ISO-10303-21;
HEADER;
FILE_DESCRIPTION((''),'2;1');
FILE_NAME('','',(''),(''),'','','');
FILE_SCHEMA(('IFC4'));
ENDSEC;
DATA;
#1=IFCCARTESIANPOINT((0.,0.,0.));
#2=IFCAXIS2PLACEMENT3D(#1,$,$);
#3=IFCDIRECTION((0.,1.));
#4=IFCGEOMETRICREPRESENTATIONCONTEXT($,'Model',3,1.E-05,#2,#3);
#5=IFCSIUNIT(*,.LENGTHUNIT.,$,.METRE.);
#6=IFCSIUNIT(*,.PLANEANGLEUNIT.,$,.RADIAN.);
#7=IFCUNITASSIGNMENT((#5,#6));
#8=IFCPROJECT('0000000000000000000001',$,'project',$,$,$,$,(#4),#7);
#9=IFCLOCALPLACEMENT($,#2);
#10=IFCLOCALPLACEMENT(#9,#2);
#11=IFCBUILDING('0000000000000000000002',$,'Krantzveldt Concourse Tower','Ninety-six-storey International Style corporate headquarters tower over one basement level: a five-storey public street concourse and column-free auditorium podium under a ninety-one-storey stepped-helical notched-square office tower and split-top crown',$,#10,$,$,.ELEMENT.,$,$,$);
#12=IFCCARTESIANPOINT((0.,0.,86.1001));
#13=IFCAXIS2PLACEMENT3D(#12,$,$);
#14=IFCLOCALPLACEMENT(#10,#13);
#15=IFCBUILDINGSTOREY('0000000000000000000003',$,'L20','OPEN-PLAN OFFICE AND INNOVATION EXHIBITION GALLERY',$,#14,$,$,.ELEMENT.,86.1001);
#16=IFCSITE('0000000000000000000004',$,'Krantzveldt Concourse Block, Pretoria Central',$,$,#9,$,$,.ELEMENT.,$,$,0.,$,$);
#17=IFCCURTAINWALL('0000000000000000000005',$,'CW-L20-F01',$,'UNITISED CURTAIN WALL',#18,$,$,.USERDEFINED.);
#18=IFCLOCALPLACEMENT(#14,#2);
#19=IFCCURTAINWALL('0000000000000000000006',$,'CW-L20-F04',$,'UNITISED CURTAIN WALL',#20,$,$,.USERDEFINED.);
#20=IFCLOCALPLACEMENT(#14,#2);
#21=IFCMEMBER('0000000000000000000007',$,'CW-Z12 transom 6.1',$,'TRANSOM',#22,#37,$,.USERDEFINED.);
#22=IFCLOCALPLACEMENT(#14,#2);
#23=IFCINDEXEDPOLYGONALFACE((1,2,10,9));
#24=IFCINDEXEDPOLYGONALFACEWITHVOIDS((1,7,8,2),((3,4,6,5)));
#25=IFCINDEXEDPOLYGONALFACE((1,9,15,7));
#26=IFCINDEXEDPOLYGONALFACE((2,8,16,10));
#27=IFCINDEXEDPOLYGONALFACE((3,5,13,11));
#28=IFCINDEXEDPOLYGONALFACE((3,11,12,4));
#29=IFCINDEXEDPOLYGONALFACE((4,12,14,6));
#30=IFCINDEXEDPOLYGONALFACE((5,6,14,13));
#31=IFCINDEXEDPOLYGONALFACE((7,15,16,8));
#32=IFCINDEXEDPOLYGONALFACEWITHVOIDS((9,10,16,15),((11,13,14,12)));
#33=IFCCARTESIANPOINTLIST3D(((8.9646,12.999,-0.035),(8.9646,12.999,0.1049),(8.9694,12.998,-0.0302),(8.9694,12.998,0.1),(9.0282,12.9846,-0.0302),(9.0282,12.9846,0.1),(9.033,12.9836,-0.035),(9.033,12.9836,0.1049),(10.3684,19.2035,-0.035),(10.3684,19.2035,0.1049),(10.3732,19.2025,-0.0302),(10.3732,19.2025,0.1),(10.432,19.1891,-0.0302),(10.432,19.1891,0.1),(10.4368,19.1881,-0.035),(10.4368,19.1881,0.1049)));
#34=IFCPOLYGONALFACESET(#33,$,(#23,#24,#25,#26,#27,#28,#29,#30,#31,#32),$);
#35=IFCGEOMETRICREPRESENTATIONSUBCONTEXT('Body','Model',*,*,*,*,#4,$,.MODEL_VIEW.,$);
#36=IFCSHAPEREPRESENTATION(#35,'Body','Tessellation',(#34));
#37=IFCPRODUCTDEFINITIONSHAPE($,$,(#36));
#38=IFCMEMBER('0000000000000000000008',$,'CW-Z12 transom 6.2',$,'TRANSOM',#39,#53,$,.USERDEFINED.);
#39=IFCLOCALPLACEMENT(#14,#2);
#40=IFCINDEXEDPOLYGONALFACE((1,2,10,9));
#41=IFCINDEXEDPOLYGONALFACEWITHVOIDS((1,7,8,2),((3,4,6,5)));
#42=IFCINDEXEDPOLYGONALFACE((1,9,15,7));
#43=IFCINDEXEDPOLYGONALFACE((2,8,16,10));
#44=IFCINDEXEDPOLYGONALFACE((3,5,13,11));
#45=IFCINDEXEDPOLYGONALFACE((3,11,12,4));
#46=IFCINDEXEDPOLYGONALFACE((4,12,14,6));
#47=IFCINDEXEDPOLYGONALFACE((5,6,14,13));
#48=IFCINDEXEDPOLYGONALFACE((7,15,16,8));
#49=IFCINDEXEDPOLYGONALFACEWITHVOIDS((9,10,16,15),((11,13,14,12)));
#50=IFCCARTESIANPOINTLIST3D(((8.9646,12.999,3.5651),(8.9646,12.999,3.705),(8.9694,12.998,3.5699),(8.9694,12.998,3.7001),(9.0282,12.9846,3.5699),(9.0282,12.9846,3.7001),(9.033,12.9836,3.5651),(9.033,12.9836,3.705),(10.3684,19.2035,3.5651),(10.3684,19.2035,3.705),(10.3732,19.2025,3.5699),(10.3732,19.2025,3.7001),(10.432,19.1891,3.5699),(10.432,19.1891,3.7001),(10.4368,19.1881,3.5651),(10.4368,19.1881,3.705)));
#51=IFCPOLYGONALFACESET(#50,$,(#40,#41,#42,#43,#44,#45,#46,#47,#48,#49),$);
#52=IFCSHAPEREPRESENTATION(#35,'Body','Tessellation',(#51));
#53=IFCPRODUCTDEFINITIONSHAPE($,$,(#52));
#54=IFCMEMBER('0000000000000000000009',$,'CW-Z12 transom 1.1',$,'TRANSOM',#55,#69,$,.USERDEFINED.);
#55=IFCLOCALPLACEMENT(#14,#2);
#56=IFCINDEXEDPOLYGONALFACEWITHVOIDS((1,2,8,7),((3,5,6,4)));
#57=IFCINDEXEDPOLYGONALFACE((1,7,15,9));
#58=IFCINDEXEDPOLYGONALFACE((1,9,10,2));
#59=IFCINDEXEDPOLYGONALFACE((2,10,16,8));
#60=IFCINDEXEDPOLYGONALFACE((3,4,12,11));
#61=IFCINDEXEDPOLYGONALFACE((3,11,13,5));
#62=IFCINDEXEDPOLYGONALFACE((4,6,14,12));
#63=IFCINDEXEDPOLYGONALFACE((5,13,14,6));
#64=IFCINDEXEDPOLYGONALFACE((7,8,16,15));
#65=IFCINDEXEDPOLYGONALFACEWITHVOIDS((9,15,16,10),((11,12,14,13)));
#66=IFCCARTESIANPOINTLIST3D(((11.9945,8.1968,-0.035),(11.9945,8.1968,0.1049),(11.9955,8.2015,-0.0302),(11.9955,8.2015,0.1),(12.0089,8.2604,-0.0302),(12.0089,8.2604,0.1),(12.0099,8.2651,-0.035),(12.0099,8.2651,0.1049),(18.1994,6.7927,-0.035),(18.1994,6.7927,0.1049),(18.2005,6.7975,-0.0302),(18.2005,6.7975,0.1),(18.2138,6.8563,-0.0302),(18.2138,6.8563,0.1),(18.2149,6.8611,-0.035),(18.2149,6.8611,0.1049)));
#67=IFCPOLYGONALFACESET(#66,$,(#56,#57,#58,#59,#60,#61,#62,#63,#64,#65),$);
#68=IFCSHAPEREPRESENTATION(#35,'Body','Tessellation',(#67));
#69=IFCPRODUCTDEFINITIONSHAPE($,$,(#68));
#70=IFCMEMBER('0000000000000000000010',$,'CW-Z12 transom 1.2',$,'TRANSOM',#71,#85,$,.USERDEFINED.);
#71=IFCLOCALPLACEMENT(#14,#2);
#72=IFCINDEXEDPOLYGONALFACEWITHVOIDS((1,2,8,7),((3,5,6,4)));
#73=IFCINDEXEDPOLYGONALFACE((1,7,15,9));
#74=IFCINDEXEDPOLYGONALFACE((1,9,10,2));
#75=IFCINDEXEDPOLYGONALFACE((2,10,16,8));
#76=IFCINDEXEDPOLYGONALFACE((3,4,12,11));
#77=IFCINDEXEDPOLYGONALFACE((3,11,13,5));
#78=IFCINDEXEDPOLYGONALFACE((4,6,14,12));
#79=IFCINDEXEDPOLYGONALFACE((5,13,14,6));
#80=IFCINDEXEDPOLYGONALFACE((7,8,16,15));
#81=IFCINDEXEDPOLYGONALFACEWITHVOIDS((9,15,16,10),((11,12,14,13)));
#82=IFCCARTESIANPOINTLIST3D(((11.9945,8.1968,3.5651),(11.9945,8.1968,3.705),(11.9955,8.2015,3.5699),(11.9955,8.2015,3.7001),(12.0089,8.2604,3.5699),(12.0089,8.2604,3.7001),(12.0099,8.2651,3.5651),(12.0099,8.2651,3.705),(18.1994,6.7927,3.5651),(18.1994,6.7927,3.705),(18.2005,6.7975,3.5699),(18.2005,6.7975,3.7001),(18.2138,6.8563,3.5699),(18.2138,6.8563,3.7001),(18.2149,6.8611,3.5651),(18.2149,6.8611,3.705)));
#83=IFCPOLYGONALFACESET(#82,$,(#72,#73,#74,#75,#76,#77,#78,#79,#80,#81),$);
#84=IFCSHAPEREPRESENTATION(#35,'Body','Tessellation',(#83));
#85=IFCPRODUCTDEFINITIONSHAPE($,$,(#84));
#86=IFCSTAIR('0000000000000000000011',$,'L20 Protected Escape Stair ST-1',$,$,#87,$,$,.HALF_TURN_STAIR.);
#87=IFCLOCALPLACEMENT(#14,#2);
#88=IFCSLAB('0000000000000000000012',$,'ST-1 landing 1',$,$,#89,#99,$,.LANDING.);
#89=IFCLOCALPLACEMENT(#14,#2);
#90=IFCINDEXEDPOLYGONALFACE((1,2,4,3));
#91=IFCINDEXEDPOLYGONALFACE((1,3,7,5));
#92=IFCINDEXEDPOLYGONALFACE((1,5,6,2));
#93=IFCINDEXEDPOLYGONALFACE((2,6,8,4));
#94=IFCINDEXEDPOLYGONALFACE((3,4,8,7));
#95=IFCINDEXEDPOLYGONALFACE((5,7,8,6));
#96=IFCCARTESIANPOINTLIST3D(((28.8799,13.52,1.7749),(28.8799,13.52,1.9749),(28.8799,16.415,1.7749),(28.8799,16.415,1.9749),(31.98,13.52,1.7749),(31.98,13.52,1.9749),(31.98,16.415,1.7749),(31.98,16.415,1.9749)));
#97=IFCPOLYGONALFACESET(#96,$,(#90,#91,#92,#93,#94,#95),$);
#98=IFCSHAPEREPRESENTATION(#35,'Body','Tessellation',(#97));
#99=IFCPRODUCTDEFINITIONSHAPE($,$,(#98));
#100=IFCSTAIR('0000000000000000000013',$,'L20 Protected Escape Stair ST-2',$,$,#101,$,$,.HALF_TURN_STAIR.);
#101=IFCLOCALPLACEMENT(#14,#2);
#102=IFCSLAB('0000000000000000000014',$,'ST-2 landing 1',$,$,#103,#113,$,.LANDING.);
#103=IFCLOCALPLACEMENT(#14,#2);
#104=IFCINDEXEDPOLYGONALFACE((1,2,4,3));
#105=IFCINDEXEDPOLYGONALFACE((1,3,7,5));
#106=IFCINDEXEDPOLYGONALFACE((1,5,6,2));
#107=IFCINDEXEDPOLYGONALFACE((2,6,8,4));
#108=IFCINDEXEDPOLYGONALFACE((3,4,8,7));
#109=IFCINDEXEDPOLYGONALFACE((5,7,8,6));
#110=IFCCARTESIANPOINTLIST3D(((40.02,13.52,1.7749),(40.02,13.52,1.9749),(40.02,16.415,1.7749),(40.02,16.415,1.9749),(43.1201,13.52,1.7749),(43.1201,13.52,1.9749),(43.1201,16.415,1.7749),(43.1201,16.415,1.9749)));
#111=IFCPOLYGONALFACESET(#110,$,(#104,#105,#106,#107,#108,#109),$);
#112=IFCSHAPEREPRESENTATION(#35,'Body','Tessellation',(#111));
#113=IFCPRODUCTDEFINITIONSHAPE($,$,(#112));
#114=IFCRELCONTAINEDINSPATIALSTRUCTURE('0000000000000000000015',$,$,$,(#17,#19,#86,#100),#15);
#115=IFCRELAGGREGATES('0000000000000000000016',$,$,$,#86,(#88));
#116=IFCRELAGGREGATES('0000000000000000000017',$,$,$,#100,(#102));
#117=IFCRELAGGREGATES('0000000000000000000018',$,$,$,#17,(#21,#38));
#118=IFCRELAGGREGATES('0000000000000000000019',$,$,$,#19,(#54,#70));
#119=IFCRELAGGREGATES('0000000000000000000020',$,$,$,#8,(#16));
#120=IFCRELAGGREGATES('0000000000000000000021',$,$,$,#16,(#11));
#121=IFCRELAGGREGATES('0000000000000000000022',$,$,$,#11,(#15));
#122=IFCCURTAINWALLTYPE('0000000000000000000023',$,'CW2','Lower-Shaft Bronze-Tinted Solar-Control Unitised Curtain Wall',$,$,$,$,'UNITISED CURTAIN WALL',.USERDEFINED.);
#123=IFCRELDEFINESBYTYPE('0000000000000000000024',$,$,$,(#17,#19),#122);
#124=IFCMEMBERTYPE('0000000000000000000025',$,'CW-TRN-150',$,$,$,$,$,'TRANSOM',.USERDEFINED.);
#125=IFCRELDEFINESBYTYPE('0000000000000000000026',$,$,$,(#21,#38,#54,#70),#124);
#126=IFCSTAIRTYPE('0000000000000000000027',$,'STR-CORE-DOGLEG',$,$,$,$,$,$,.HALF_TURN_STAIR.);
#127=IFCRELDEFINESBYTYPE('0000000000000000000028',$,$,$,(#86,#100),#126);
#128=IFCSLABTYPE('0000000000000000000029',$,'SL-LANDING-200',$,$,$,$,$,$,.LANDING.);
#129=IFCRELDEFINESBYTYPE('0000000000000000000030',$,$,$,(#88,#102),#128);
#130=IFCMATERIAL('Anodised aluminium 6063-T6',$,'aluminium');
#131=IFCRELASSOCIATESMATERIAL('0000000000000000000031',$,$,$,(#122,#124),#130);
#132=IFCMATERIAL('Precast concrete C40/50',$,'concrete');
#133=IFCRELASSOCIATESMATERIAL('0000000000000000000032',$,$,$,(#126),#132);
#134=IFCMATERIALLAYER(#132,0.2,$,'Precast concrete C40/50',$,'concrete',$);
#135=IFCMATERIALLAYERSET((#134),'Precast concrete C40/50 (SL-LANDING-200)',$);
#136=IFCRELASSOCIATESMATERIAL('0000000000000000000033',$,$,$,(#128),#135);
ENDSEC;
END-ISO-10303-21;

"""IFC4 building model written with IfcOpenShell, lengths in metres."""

from ifc_helpers import new_model, si_unit, direction, frame, origin, origin_2d, place, context, subcontext, project, spatial, polyline, hollow_rectangle, outline, extrude, source, transform, mapped, material, layer, layer_set, material_profile, profile_set, type_object, element, aggregate, save


model = new_model("IFC4")

# Units and contexts
model_context = context("Model", 3, precision=1e-05, world=origin(), true_north=direction((0.0, 1.0)))
body_context = subcontext(model_context, "Body", "Model", "MODEL_VIEW")
ifc_project = project(units=[si_unit("LENGTHUNIT", "METRE"), si_unit("PLANEANGLEUNIT", "RADIAN")], contexts=[model_context])

# Site, building, storey
site_placement = place(None, origin())
site = spatial("IfcSite", under=ifc_project, at=site_placement, Name="Krantzveldt Concourse Block, Pretoria Central", CompositionType="ELEMENT", RefElevation=0.0)
building_placement = place(site_placement, origin())
building = spatial("IfcBuilding", under=site, at=building_placement, Name="Krantzveldt Concourse Tower", Description="Ninety-six-storey International Style corporate headquarters tower over one basement level: a five-storey public street concourse and column-free auditorium podium under a ninety-one-storey stepped-helical notched-square office tower and split-top crown", CompositionType="ELEMENT")
storey_placement = place(building_placement, frame((0.0, 0.0, 86.1001)))
storey = spatial("IfcBuildingStorey", under=building, at=storey_placement, Name="L20", Description="OPEN-PLAN OFFICE AND INNOVATION EXHIBITION GALLERY", CompositionType="ELEMENT", Elevation=86.1001)

# Curtain walls
ifc_material_1 = material(Name="Anodised aluminium 6063-T6", Category="aluminium")
curtain_wall_type = type_object("IfcCurtainWallType", Name="CW2", Description="Lower-Shaft Bronze-Tinted Solar-Control Unitised Curtain Wall", ElementType="UNITISED CURTAIN WALL", PredefinedType="USERDEFINED", material=ifc_material_1)
curtain_wall_1_placement = place(storey_placement, origin())
curtain_wall_1 = element("IfcCurtainWall", 1, at=curtain_wall_1_placement, inside=storey, type_object=curtain_wall_type, Name="CW-L20-F01", ObjectType="UNITISED CURTAIN WALL", PredefinedType="USERDEFINED")
curtain_wall_2_placement = place(storey_placement, origin())
curtain_wall_2 = element("IfcCurtainWall", 2, at=curtain_wall_2_placement, inside=storey, type_object=curtain_wall_type, Name="CW-L20-F04", ObjectType="UNITISED CURTAIN WALL", PredefinedType="USERDEFINED")
ifc_material_profile_1 = material_profile(ifc_material_1, hollow_rectangle(XDim=0.0701, YDim=0.1399, WallThickness=0.0049, at=origin_2d()), Name="Anodised aluminium 6063-T6", Category="aluminium")
ifc_profile_set_1 = profile_set([ifc_material_profile_1], Name="Anodised aluminium 6063-T6 - ALU-TRAN 140x70x5")
member_type_1 = type_object("IfcMemberType", Name="CW-TRN-150", ElementType="TRANSOM", PredefinedType="USERDEFINED", material=ifc_profile_set_1)

# Members
shared_shape_1 = source(origin(), body_context, "Body", "SweptSolid", [
    extrude(hollow_rectangle(XDim=0.0701, YDim=0.1399, WallThickness=0.0049, at=origin_2d()), origin(), (0.0, 0.0, 1.0), 6.3613),
])
member_1_placement = place(storey_placement, frame((10.4026, 19.1958, 0.0349), z_axis=(-0.220675, -0.975347, 0.0), x_axis=(0.975347, -0.220675, 0.0)))
member_1 = element("IfcMember", 3, at=member_1_placement, type_object=member_type_1, Name="CW-Z12 transom 6.1", ObjectType="TRANSOM", PredefinedType="USERDEFINED", context=body_context, shape_type="MappedRepresentation", body=[
    mapped(shared_shape_1, transform((0.0, 0.0, 0.0), x_axis=(1.0, 0.0, 0.0), y_axis=(0.0, 1.0, 0.0), z_axis=(0.0, 0.0, 1.0), scale=1.0)),
])
member_2_placement = place(storey_placement, frame((10.4026, 19.1958, 3.635), z_axis=(-0.220675, -0.975347, 0.0), x_axis=(0.975347, -0.220675, 0.0)))
member_2 = element("IfcMember", 4, at=member_2_placement, type_object=member_type_1, Name="CW-Z12 transom 6.2", ObjectType="TRANSOM", PredefinedType="USERDEFINED", context=body_context, shape_type="MappedRepresentation", body=[
    mapped(shared_shape_1, transform((0.0, 0.0, 0.0), x_axis=(1.0, 0.0, 0.0), y_axis=(0.0, 1.0, 0.0), z_axis=(0.0, 0.0, 1.0), scale=1.0)),
])
shared_shape_2 = source(origin(), body_context, "Body", "SweptSolid", [
    extrude(hollow_rectangle(XDim=0.0701, YDim=0.1399, WallThickness=0.0049, at=origin_2d()), origin(), (0.0, 0.0, 1.0), 6.3618),
])
member_3_placement = place(storey_placement, frame((12.0022, 8.231, 0.0349), z_axis=(0.975341, -0.220704, 0.0), x_axis=(0.220704, 0.975341, 0.0)))
member_3 = element("IfcMember", 5, at=member_3_placement, type_object=member_type_1, Name="CW-Z12 transom 1.1", ObjectType="TRANSOM", PredefinedType="USERDEFINED", context=body_context, shape_type="MappedRepresentation", body=[
    mapped(shared_shape_2, transform((0.0, 0.0, 0.0), x_axis=(1.0, 0.0, 0.0), y_axis=(0.0, 1.0, 0.0), z_axis=(0.0, 0.0, 1.0), scale=1.0)),
])
member_4_placement = place(storey_placement, frame((12.0022, 8.231, 3.635), z_axis=(0.975341, -0.220704, 0.0), x_axis=(0.220704, 0.975341, 0.0)))
member_4 = element("IfcMember", 6, at=member_4_placement, type_object=member_type_1, Name="CW-Z12 transom 1.2", ObjectType="TRANSOM", PredefinedType="USERDEFINED", context=body_context, shape_type="MappedRepresentation", body=[
    mapped(shared_shape_2, transform((0.0, 0.0, 0.0), x_axis=(1.0, 0.0, 0.0), y_axis=(0.0, 1.0, 0.0), z_axis=(0.0, 0.0, 1.0), scale=1.0)),
])

# Stairs, slabs
ifc_material_2 = material(Name="Precast concrete C40/50", Category="concrete")
stair_type = type_object("IfcStairType", Name="STR-CORE-DOGLEG", PredefinedType="HALF_TURN_STAIR", material=ifc_material_2)
stair_1_placement = place(storey_placement, origin())
stair_1 = element("IfcStair", 7, at=stair_1_placement, inside=storey, type_object=stair_type, Name="L20 Protected Escape Stair ST-1", PredefinedType="HALF_TURN_STAIR")
ifc_layer_1 = layer(ifc_material_2, 0.2, Name="Precast concrete C40/50", Category="concrete")
ifc_layer_set_1 = layer_set([ifc_layer_1], Name="Precast concrete C40/50 (SL-LANDING-200)")
slab_type_1 = type_object("IfcSlabType", Name="SL-LANDING-200", PredefinedType="LANDING", material=ifc_layer_set_1)
slab_1_placement = place(storey_placement, frame((0.0, 0.0, 1.7749)))
slab_1 = element("IfcSlab", 8, at=slab_1_placement, type_object=slab_type_1, Name="ST-1 landing 1", PredefinedType="LANDING", context=body_context, shape_type="SweptSolid", body=[
    extrude(outline(polyline([(28.8799, 16.415), (28.8799, 13.52), (31.98, 13.52), (31.98, 16.415), (28.8799, 16.415)])), origin(), (0.0, 0.0, 1.0), 0.2),
])
aggregate(stair_1, [slab_1])
stair_2_placement = place(storey_placement, origin())
stair_2 = element("IfcStair", 9, at=stair_2_placement, inside=storey, type_object=stair_type, Name="L20 Protected Escape Stair ST-2", PredefinedType="HALF_TURN_STAIR")
slab_2_placement = place(storey_placement, frame((0.0, 0.0, 1.7749)))
slab_2 = element("IfcSlab", 10, at=slab_2_placement, type_object=slab_type_1, Name="ST-2 landing 1", PredefinedType="LANDING", context=body_context, shape_type="SweptSolid", body=[
    extrude(outline(polyline([(40.02, 16.415), (40.02, 13.52), (43.1201, 13.52), (43.1201, 16.415), (40.02, 16.415)])), origin(), (0.0, 0.0, 1.0), 0.2),
])
aggregate(stair_2, [slab_2])

aggregate(curtain_wall_1, [member_1, member_2])
aggregate(curtain_wall_2, [member_3, member_4])

save(model, "model.ifc")
